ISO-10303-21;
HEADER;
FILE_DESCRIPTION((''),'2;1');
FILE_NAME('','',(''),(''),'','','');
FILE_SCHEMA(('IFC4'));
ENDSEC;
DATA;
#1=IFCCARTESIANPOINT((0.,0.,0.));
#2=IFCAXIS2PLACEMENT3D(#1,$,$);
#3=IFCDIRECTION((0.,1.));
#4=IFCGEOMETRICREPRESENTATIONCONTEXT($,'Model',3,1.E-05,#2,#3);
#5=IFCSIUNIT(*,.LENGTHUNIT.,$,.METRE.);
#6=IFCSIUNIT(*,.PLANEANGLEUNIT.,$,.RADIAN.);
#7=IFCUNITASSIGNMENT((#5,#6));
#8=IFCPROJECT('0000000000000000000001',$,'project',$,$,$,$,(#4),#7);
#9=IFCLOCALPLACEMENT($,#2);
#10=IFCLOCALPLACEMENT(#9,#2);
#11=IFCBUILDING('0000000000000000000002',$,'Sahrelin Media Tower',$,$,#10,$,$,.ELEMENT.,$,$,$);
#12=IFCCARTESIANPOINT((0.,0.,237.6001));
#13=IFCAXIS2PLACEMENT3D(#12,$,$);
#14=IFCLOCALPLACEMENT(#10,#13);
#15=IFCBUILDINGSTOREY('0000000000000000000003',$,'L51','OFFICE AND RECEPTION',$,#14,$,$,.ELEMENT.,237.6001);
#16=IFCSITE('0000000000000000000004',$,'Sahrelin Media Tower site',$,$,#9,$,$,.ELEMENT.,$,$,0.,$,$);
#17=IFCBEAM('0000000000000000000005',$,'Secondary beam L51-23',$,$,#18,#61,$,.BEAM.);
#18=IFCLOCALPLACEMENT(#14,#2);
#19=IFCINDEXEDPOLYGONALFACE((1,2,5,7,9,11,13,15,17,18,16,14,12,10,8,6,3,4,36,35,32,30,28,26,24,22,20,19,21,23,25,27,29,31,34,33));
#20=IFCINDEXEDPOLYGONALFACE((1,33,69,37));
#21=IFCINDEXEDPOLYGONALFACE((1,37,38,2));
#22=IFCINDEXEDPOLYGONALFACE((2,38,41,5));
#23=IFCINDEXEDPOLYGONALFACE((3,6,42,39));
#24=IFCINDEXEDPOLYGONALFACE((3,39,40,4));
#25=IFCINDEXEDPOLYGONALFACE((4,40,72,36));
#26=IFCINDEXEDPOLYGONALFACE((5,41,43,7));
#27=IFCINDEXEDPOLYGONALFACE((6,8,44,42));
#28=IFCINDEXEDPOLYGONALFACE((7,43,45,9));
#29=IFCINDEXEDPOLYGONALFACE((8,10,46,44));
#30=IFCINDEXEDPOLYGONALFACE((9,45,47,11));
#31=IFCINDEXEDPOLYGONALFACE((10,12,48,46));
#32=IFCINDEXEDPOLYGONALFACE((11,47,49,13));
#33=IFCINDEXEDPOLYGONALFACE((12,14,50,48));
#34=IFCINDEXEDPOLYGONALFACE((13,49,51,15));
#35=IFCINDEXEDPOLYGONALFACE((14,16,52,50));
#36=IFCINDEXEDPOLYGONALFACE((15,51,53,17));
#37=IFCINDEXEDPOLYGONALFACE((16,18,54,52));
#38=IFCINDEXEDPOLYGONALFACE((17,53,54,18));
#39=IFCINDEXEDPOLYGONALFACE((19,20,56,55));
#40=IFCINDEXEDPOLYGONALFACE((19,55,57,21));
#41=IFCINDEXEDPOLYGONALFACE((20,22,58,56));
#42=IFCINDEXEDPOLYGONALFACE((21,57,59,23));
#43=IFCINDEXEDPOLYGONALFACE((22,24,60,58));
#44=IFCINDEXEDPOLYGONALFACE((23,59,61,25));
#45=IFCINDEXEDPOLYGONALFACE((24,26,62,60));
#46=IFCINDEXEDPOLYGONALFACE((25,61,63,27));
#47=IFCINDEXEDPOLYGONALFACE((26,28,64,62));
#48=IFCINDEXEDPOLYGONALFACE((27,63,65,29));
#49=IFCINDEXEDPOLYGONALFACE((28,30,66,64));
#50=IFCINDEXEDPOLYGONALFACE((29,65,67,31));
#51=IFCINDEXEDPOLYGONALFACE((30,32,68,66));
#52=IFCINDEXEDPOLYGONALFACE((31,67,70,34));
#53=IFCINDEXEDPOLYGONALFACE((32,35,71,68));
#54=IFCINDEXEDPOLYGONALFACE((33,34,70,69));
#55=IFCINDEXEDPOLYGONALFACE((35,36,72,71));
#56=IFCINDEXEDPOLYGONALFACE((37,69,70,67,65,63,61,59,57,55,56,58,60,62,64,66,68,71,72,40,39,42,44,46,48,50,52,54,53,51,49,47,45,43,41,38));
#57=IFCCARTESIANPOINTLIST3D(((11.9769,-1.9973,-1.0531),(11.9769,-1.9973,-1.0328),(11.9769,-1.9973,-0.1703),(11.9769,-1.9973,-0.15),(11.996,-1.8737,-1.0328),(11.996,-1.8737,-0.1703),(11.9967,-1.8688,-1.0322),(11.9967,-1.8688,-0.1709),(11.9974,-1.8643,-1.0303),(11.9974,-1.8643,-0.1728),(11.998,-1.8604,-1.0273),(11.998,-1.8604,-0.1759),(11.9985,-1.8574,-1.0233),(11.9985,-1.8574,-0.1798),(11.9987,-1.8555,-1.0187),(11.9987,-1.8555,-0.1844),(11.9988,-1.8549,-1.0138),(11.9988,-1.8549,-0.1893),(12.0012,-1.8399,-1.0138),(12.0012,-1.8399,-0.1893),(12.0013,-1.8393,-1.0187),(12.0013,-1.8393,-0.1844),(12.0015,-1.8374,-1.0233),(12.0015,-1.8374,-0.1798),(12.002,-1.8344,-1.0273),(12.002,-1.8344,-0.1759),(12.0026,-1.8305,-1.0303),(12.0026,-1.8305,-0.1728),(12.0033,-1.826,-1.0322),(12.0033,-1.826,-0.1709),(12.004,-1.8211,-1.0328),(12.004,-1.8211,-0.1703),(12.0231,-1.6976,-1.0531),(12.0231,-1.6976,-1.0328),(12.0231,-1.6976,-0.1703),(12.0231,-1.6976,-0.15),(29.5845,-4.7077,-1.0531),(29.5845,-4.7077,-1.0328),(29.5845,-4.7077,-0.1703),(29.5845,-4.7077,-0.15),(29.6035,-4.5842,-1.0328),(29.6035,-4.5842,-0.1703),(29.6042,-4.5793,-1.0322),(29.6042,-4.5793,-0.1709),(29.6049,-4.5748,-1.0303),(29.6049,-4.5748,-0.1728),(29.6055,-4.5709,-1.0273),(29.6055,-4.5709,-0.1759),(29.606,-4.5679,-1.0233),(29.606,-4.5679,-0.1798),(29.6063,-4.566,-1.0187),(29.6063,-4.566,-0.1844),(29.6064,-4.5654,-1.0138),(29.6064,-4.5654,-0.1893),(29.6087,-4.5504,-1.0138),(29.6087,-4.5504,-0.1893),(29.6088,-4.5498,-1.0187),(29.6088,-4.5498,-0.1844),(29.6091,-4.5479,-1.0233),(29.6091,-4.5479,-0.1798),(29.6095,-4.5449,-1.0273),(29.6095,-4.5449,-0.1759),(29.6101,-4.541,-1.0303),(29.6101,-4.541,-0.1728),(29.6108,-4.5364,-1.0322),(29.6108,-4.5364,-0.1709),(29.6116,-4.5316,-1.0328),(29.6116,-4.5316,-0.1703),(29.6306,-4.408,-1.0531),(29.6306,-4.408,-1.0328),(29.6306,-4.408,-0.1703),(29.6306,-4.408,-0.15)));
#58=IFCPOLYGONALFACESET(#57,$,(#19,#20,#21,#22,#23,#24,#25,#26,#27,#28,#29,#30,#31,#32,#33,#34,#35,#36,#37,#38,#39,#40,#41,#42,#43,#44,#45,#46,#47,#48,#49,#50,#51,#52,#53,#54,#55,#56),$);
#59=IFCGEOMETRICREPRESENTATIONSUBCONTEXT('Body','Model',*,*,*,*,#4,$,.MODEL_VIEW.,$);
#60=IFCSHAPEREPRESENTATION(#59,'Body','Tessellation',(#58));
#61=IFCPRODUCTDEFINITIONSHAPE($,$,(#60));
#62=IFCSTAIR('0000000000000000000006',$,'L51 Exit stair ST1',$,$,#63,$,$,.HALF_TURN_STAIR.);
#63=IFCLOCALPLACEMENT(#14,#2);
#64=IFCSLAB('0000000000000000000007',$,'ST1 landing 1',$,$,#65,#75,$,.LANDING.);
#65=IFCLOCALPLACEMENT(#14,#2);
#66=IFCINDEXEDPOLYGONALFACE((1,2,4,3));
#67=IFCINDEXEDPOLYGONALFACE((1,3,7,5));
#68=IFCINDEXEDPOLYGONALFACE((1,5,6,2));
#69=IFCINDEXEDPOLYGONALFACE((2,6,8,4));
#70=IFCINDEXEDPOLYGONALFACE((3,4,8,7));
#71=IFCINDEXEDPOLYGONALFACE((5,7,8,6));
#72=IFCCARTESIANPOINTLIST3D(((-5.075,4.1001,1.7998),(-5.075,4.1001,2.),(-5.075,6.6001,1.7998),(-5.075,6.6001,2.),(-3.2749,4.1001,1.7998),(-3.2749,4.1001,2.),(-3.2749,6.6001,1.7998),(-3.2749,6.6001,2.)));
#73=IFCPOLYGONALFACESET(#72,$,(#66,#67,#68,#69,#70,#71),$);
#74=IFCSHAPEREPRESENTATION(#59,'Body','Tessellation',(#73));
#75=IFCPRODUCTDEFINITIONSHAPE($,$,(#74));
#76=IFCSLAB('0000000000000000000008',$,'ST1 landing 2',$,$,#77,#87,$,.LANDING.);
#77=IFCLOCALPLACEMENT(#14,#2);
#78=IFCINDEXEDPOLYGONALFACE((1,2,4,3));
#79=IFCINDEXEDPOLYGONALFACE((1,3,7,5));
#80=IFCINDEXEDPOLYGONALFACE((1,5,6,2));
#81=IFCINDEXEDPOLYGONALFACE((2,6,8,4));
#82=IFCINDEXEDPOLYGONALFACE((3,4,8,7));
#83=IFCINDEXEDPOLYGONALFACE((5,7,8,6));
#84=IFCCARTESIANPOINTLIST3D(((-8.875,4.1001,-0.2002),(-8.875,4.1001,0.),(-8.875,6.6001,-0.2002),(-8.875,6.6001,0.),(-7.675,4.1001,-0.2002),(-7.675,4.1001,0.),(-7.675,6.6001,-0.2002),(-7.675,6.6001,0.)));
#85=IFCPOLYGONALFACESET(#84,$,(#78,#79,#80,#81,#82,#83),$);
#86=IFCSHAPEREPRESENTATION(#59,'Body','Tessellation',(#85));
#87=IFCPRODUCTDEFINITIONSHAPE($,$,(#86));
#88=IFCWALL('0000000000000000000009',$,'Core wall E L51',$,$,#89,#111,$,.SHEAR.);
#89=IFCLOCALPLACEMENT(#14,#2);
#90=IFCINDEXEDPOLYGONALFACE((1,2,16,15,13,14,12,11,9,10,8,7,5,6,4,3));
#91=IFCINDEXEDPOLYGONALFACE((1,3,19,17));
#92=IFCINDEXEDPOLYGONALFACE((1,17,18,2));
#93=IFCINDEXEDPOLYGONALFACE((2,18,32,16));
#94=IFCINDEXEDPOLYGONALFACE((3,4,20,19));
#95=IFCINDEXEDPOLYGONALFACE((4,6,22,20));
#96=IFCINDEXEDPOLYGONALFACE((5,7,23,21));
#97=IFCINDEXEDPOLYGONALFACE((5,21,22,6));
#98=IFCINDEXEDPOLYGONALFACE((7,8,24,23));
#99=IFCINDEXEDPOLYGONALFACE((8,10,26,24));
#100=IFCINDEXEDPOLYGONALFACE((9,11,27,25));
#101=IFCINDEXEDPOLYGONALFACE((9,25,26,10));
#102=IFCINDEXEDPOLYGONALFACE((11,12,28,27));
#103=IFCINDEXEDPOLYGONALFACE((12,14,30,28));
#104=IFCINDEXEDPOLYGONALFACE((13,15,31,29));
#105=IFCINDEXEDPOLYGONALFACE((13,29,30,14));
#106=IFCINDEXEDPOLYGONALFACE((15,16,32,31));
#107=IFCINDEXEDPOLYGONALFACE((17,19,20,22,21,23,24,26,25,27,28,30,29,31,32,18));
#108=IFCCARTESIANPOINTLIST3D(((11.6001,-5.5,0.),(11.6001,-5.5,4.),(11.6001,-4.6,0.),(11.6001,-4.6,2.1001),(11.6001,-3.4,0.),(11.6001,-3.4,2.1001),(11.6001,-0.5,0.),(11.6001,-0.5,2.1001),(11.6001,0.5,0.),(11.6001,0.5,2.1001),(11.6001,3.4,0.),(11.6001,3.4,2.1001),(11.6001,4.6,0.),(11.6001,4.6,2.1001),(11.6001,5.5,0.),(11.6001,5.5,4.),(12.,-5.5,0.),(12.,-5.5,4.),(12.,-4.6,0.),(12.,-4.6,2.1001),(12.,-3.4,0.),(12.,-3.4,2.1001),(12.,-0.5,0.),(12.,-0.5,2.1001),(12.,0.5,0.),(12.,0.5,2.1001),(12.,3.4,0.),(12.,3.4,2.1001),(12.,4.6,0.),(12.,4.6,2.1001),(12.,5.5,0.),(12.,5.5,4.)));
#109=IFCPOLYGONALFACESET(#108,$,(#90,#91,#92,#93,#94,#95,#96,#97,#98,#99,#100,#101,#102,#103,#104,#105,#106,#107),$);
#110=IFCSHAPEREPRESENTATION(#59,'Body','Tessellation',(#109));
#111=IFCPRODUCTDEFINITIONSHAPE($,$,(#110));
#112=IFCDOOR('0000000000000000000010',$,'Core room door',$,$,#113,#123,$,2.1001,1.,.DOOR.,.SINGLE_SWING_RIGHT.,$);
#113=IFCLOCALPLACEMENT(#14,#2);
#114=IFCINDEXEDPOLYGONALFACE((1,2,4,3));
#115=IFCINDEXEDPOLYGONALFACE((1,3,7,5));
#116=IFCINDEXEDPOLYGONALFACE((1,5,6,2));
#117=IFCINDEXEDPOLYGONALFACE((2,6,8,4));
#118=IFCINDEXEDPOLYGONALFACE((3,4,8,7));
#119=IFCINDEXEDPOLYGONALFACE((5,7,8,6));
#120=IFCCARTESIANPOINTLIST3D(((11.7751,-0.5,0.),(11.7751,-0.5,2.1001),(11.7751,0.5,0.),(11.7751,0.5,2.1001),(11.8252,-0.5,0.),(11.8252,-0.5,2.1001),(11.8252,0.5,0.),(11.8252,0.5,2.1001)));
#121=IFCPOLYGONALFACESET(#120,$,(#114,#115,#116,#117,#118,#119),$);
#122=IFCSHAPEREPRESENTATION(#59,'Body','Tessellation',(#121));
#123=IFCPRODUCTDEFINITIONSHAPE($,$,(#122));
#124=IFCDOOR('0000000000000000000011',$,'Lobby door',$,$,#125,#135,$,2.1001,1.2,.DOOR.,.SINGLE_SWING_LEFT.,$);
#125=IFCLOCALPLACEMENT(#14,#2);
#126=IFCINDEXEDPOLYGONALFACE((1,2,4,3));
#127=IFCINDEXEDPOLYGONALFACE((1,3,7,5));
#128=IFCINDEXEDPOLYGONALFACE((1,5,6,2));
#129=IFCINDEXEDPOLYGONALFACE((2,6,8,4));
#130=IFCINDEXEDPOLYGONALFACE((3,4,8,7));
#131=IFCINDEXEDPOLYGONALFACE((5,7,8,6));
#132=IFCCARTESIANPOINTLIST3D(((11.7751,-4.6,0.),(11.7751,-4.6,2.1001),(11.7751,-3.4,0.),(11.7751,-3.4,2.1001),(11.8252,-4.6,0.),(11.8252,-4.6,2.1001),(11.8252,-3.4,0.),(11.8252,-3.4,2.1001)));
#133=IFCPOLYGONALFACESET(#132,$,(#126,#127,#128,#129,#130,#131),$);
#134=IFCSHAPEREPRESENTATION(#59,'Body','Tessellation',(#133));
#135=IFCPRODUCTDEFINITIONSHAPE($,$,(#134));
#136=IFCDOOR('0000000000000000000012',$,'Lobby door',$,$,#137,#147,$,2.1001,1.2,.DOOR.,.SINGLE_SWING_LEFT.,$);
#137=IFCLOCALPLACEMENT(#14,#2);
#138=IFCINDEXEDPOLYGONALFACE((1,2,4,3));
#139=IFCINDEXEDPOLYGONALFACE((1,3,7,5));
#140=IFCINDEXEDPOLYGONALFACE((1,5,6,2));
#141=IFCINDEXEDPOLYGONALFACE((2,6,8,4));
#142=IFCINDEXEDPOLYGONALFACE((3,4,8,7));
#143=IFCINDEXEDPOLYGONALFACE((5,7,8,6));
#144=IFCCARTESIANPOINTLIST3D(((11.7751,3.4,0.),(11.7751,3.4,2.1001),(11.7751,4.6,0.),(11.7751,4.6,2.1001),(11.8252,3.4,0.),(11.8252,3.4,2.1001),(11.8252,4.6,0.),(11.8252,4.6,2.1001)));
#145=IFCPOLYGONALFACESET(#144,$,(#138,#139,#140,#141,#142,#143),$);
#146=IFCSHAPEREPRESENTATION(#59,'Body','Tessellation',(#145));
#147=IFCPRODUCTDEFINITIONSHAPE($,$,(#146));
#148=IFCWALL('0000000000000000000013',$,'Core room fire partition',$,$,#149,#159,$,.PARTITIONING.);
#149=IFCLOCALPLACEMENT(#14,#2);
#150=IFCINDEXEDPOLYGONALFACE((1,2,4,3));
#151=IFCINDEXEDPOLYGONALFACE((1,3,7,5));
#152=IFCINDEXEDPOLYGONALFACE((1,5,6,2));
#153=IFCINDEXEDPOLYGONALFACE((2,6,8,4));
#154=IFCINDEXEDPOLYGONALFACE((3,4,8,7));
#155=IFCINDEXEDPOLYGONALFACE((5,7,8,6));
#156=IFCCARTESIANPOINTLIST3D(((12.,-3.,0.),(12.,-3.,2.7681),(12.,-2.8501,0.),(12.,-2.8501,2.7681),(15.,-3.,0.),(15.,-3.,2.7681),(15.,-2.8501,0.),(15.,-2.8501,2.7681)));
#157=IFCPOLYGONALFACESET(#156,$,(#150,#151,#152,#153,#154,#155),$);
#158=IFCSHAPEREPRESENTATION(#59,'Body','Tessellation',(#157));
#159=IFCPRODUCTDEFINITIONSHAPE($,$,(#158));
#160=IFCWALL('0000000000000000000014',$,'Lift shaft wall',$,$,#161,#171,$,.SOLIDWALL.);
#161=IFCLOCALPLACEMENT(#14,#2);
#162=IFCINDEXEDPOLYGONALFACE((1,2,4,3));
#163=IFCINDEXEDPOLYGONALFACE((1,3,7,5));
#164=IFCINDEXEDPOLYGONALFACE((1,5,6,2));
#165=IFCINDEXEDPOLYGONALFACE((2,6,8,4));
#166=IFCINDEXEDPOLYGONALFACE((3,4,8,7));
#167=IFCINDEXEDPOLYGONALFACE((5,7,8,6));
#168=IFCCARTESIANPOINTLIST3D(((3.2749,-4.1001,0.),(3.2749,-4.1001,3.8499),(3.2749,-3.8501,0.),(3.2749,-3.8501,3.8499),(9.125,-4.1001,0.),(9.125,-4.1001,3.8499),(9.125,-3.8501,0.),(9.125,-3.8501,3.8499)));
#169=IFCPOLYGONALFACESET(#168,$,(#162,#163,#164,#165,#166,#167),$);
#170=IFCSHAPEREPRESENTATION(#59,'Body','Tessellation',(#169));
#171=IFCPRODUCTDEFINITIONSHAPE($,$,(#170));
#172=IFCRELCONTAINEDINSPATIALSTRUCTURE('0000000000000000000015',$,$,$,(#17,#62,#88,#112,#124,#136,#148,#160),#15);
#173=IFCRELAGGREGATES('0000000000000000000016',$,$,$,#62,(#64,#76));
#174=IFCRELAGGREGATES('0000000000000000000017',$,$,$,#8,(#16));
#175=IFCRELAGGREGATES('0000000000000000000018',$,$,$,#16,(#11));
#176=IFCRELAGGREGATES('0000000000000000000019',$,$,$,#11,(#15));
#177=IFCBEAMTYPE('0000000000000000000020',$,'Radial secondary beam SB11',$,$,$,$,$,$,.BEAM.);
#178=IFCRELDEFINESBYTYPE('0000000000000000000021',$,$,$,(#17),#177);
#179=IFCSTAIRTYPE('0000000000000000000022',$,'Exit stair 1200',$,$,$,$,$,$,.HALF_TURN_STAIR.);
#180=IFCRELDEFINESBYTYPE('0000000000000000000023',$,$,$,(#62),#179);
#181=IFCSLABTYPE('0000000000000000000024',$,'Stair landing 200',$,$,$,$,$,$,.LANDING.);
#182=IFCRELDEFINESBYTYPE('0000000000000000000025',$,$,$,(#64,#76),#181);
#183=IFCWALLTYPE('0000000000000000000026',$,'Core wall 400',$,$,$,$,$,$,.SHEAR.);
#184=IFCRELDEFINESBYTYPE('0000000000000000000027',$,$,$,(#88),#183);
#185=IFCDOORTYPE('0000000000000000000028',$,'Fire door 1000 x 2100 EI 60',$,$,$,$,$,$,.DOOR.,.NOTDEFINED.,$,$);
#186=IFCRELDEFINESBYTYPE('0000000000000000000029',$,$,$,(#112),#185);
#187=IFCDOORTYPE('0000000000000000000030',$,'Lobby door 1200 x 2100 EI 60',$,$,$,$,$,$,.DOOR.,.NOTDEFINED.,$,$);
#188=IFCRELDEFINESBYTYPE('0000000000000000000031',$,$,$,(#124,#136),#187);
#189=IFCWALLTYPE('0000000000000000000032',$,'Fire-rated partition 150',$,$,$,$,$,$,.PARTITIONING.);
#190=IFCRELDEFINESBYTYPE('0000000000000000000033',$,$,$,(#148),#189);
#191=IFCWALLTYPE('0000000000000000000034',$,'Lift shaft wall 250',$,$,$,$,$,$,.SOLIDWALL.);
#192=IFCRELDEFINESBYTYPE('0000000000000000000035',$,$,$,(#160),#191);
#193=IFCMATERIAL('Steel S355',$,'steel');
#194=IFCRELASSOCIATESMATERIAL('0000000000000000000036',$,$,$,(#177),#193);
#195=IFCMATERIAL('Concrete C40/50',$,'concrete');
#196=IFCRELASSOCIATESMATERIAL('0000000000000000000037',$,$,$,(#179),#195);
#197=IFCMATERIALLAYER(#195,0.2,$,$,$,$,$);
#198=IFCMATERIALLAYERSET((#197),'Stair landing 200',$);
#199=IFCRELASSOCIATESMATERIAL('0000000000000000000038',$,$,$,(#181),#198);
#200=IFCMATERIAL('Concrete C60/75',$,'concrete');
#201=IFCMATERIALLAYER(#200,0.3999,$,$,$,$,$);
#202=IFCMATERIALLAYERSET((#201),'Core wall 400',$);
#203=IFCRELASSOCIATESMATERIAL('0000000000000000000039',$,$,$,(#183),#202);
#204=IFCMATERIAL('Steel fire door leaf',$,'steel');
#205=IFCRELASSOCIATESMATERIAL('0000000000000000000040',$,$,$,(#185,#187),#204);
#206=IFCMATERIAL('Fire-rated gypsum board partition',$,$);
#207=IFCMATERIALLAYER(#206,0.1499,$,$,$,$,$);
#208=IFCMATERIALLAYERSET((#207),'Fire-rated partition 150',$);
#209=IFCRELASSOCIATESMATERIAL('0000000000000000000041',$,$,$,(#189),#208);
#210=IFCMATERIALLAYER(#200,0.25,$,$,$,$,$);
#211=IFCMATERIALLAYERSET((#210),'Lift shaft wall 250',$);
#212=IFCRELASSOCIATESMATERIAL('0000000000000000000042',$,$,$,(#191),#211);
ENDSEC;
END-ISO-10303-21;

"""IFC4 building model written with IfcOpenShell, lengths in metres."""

from ifc_helpers import new_model, si_unit, direction, frame, frame_2d, origin, origin_2d, place, context, subcontext, project, spatial, polyline, rectangle, i_section, outline, extrude, material, layer, layer_set, material_profile, profile_set, type_object, element, fill, aggregate, save


model = new_model("IFC4")

# Units and contexts
model_context = context("Model", 3, precision=1e-05, world=origin(), true_north=direction((0.0, 1.0)))
body_context = subcontext(model_context, "Body", "Model", "MODEL_VIEW")
ifc_project = project(units=[si_unit("LENGTHUNIT", "METRE"), si_unit("PLANEANGLEUNIT", "RADIAN")], contexts=[model_context])

# Site, building, storey
site_placement = place(None, origin())
site = spatial("IfcSite", under=ifc_project, at=site_placement, Name="Sahrelin Media Tower site", CompositionType="ELEMENT", RefElevation=0.0)
building_placement = place(site_placement, origin())
building = spatial("IfcBuilding", under=site, at=building_placement, Name="Sahrelin Media Tower", CompositionType="ELEMENT")
storey_placement = place(building_placement, frame((0.0, 0.0, 237.6001)))
storey = spatial("IfcBuildingStorey", under=building, at=storey_placement, Name="L51", Description="OFFICE AND RECEPTION", CompositionType="ELEMENT", Elevation=237.6001)

# Beam
ifc_material_1 = material(Name="Steel S355", Category="steel")
ifc_material_profile_1 = material_profile(ifc_material_1, i_section(OverallWidth=0.3032, OverallDepth=0.9031, WebThickness=0.0151, FlangeThickness=0.0203, FilletRadius=0.019, at=origin_2d()), Name="UB 914x305x201")
ifc_profile_set_1 = profile_set([ifc_material_profile_1], Name="Steel S355")
beam_type_1 = type_object("IfcBeamType", Name="Radial secondary beam SB11", PredefinedType="BEAM", material=ifc_profile_set_1)
beam_1_placement = place(storey_placement, frame((12.0, -1.8474, -0.6016), z_axis=(0.988358, -0.152146, 0.0), x_axis=(0.152146, 0.988358, 0.0)))
element("IfcBeam", 1, at=beam_1_placement, inside=storey, type_object=beam_type_1, Name="Secondary beam L51-23", PredefinedType="BEAM", context=body_context, shape_type="SweptSolid", body=[
    extrude(i_section(OverallWidth=0.3032, OverallDepth=0.9031, WebThickness=0.0151, FlangeThickness=0.0203, FilletRadius=0.019, at=origin_2d()), origin(), (0.0, 0.0, 1.0), 17.8149),
])

# Stair, slabs
ifc_material_2 = material(Name="Concrete C40/50", Category="concrete")
stair_type = type_object("IfcStairType", Name="Exit stair 1200", PredefinedType="HALF_TURN_STAIR", material=ifc_material_2)
stair_placement = place(storey_placement, origin())
stair = element("IfcStair", 2, at=stair_placement, inside=storey, type_object=stair_type, Name="L51 Exit stair ST1", PredefinedType="HALF_TURN_STAIR")
ifc_layer_1 = layer(ifc_material_2, 0.2)
ifc_layer_set_1 = layer_set([ifc_layer_1], Name="Stair landing 200")
slab_type = type_object("IfcSlabType", Name="Stair landing 200", PredefinedType="LANDING", material=ifc_layer_set_1)
slab_1_placement = place(storey_placement, frame((0.0, 0.0, 1.7998)))
slab_1 = element("IfcSlab", 3, at=slab_1_placement, type_object=slab_type, Name="ST1 landing 1", PredefinedType="LANDING", context=body_context, shape_type="SweptSolid", body=[
    extrude(outline(polyline([(-5.075, 4.1001), (-3.2749, 4.1001), (-3.2749, 6.6001), (-5.075, 6.6001), (-5.075, 4.1001)])), origin(), (0.0, 0.0, 1.0), 0.2002),
])
slab_2_placement = place(storey_placement, frame((0.0, 0.0, -0.2002)))
slab_2 = element("IfcSlab", 4, at=slab_2_placement, type_object=slab_type, Name="ST1 landing 2", PredefinedType="LANDING", context=body_context, shape_type="SweptSolid", body=[
    extrude(outline(polyline([(-8.875, 4.1001), (-7.675, 4.1001), (-7.675, 6.6001), (-8.875, 6.6001), (-8.875, 4.1001)])), origin(), (0.0, 0.0, 1.0), 0.2002),
])
aggregate(stair, [slab_1, slab_2])

# Wall, openings, doors
ifc_material_3 = material(Name="Concrete C60/75", Category="concrete")
ifc_layer_2 = layer(ifc_material_3, 0.3999)
ifc_layer_set_2 = layer_set([ifc_layer_2], Name="Core wall 400")
wall_type_1 = type_object("IfcWallType", Name="Core wall 400", PredefinedType="SHEAR", material=ifc_layer_set_2)
wall_1_placement = place(storey_placement, frame((11.8, -5.5, 0.0), z_axis=(0.0, 0.0, 1.0), x_axis=(0.0, 1.0, 0.0)))
wall_1 = element("IfcWall", 5, at=wall_1_placement, inside=storey, type_object=wall_type_1, Name="Core wall E L51", PredefinedType="SHEAR", context=body_context, shape_type="SweptSolid", body=[
    extrude(rectangle(XDim=11.0, YDim=0.3999, at=frame_2d((5.5, 0.0))), origin(), (0.0, 0.0, 1.0), 4.0),
])
opening_1_placement = place(wall_1_placement, frame((5.0, 0.0, 0.0)))
opening_1 = element("IfcOpeningElement", 6, at=opening_1_placement, cuts=wall_1, PredefinedType="OPENING", context=body_context, shape_type="SweptSolid", body=[
    extrude(rectangle(XDim=1.0, YDim=2.1001, at=frame_2d((0.5, 1.05))), frame((0.0, 0.2, 0.0), z_axis=(0.0, -1.0, 0.0), x_axis=(1.0, 0.0, 0.0)), (0.0, 0.0, 1.0), 0.3999),
])
opening_2_placement = place(wall_1_placement, frame((0.8999, 0.0, 0.0)))
opening_2 = element("IfcOpeningElement", 7, at=opening_2_placement, cuts=wall_1, PredefinedType="OPENING", context=body_context, shape_type="SweptSolid", body=[
    extrude(rectangle(XDim=1.2, YDim=2.1001, at=frame_2d((0.6001, 1.05))), frame((0.0, 0.2, 0.0), z_axis=(0.0, -1.0, 0.0), x_axis=(1.0, 0.0, 0.0)), (0.0, 0.0, 1.0), 0.3999),
])
opening_3_placement = place(wall_1_placement, frame((8.8999, 0.0, 0.0)))
opening_3 = element("IfcOpeningElement", 8, at=opening_3_placement, cuts=wall_1, PredefinedType="OPENING", context=body_context, shape_type="SweptSolid", body=[
    extrude(rectangle(XDim=1.2, YDim=2.1001, at=frame_2d((0.6001, 1.05))), frame((0.0, 0.2, 0.0), z_axis=(0.0, -1.0, 0.0), x_axis=(1.0, 0.0, 0.0)), (0.0, 0.0, 1.0), 0.3999),
])
ifc_material_4 = material(Name="Steel fire door leaf", Category="steel")
door_type_1 = type_object("IfcDoorType", Name="Fire door 1000 x 2100 EI 60", OperationType="NOTDEFINED", PredefinedType="DOOR", material=ifc_material_4)
door_1_placement = place(opening_1_placement, origin())
door_1 = element("IfcDoor", 9, at=door_1_placement, inside=storey, type_object=door_type_1, Name="Core room door", OperationType="SINGLE_SWING_RIGHT", OverallHeight=2.1001, OverallWidth=1.0, PredefinedType="DOOR", context=body_context, shape_type="SweptSolid", body=[
    extrude(rectangle(XDim=1.0, YDim=2.1001, at=frame_2d((0.5, 1.05))), frame((0.0, 0.0249, 0.0), z_axis=(0.0, -1.0, 0.0), x_axis=(1.0, 0.0, 0.0)), (0.0, 0.0, 1.0), 0.05),
])
fill(opening_1, door_1)
door_type_2 = type_object("IfcDoorType", Name="Lobby door 1200 x 2100 EI 60", OperationType="NOTDEFINED", PredefinedType="DOOR", material=ifc_material_4)
door_2_placement = place(opening_2_placement, origin())
door_2 = element("IfcDoor", 10, at=door_2_placement, inside=storey, type_object=door_type_2, Name="Lobby door", OperationType="SINGLE_SWING_LEFT", OverallHeight=2.1001, OverallWidth=1.2, PredefinedType="DOOR", context=body_context, shape_type="SweptSolid", body=[
    extrude(rectangle(XDim=1.2, YDim=2.1001, at=frame_2d((0.6001, 1.05))), frame((0.0, 0.0249, 0.0), z_axis=(0.0, -1.0, 0.0), x_axis=(1.0, 0.0, 0.0)), (0.0, 0.0, 1.0), 0.05),
])
fill(opening_2, door_2)
door_3_placement = place(opening_3_placement, origin())
door_3 = element("IfcDoor", 11, at=door_3_placement, inside=storey, type_object=door_type_2, Name="Lobby door", OperationType="SINGLE_SWING_LEFT", OverallHeight=2.1001, OverallWidth=1.2, PredefinedType="DOOR", context=body_context, shape_type="SweptSolid", body=[
    extrude(rectangle(XDim=1.2, YDim=2.1001, at=frame_2d((0.6001, 1.05))), frame((0.0, 0.0249, 0.0), z_axis=(0.0, -1.0, 0.0), x_axis=(1.0, 0.0, 0.0)), (0.0, 0.0, 1.0), 0.05),
])
fill(opening_3, door_3)

# Walls
ifc_material_5 = material(Name="Fire-rated gypsum board partition")
ifc_layer_3 = layer(ifc_material_5, 0.1499)
ifc_layer_set_3 = layer_set([ifc_layer_3], Name="Fire-rated partition 150")
wall_type_2 = type_object("IfcWallType", Name="Fire-rated partition 150", PredefinedType="PARTITIONING", material=ifc_layer_set_3)
wall_2_placement = place(storey_placement, frame((12.0, -2.925, 0.0), z_axis=(0.0, 0.0, 1.0), x_axis=(1.0, 0.0, 0.0)))
element("IfcWall", 12, at=wall_2_placement, inside=storey, type_object=wall_type_2, Name="Core room fire partition", PredefinedType="PARTITIONING", context=body_context, shape_type="SweptSolid", body=[
    extrude(rectangle(XDim=3.0, YDim=0.1499, at=frame_2d((1.5, 0.0))), origin(), (0.0, 0.0, 1.0), 2.7681),
])
ifc_layer_4 = layer(ifc_material_3, 0.25)
ifc_layer_set_4 = layer_set([ifc_layer_4], Name="Lift shaft wall 250")
wall_type_3 = type_object("IfcWallType", Name="Lift shaft wall 250", PredefinedType="SOLIDWALL", material=ifc_layer_set_4)
wall_3_placement = place(storey_placement, frame((3.2749, -3.9751, 0.0), z_axis=(0.0, 0.0, 1.0), x_axis=(1.0, 0.0, 0.0)))
element("IfcWall", 13, at=wall_3_placement, inside=storey, type_object=wall_type_3, Name="Lift shaft wall", PredefinedType="SOLIDWALL", context=body_context, shape_type="SweptSolid", body=[
    extrude(rectangle(XDim=5.8501, YDim=0.25, at=frame_2d((2.925, 0.0))), origin(), (0.0, 0.0, 1.0), 3.8499),
])

save(model, "model.ifc")
